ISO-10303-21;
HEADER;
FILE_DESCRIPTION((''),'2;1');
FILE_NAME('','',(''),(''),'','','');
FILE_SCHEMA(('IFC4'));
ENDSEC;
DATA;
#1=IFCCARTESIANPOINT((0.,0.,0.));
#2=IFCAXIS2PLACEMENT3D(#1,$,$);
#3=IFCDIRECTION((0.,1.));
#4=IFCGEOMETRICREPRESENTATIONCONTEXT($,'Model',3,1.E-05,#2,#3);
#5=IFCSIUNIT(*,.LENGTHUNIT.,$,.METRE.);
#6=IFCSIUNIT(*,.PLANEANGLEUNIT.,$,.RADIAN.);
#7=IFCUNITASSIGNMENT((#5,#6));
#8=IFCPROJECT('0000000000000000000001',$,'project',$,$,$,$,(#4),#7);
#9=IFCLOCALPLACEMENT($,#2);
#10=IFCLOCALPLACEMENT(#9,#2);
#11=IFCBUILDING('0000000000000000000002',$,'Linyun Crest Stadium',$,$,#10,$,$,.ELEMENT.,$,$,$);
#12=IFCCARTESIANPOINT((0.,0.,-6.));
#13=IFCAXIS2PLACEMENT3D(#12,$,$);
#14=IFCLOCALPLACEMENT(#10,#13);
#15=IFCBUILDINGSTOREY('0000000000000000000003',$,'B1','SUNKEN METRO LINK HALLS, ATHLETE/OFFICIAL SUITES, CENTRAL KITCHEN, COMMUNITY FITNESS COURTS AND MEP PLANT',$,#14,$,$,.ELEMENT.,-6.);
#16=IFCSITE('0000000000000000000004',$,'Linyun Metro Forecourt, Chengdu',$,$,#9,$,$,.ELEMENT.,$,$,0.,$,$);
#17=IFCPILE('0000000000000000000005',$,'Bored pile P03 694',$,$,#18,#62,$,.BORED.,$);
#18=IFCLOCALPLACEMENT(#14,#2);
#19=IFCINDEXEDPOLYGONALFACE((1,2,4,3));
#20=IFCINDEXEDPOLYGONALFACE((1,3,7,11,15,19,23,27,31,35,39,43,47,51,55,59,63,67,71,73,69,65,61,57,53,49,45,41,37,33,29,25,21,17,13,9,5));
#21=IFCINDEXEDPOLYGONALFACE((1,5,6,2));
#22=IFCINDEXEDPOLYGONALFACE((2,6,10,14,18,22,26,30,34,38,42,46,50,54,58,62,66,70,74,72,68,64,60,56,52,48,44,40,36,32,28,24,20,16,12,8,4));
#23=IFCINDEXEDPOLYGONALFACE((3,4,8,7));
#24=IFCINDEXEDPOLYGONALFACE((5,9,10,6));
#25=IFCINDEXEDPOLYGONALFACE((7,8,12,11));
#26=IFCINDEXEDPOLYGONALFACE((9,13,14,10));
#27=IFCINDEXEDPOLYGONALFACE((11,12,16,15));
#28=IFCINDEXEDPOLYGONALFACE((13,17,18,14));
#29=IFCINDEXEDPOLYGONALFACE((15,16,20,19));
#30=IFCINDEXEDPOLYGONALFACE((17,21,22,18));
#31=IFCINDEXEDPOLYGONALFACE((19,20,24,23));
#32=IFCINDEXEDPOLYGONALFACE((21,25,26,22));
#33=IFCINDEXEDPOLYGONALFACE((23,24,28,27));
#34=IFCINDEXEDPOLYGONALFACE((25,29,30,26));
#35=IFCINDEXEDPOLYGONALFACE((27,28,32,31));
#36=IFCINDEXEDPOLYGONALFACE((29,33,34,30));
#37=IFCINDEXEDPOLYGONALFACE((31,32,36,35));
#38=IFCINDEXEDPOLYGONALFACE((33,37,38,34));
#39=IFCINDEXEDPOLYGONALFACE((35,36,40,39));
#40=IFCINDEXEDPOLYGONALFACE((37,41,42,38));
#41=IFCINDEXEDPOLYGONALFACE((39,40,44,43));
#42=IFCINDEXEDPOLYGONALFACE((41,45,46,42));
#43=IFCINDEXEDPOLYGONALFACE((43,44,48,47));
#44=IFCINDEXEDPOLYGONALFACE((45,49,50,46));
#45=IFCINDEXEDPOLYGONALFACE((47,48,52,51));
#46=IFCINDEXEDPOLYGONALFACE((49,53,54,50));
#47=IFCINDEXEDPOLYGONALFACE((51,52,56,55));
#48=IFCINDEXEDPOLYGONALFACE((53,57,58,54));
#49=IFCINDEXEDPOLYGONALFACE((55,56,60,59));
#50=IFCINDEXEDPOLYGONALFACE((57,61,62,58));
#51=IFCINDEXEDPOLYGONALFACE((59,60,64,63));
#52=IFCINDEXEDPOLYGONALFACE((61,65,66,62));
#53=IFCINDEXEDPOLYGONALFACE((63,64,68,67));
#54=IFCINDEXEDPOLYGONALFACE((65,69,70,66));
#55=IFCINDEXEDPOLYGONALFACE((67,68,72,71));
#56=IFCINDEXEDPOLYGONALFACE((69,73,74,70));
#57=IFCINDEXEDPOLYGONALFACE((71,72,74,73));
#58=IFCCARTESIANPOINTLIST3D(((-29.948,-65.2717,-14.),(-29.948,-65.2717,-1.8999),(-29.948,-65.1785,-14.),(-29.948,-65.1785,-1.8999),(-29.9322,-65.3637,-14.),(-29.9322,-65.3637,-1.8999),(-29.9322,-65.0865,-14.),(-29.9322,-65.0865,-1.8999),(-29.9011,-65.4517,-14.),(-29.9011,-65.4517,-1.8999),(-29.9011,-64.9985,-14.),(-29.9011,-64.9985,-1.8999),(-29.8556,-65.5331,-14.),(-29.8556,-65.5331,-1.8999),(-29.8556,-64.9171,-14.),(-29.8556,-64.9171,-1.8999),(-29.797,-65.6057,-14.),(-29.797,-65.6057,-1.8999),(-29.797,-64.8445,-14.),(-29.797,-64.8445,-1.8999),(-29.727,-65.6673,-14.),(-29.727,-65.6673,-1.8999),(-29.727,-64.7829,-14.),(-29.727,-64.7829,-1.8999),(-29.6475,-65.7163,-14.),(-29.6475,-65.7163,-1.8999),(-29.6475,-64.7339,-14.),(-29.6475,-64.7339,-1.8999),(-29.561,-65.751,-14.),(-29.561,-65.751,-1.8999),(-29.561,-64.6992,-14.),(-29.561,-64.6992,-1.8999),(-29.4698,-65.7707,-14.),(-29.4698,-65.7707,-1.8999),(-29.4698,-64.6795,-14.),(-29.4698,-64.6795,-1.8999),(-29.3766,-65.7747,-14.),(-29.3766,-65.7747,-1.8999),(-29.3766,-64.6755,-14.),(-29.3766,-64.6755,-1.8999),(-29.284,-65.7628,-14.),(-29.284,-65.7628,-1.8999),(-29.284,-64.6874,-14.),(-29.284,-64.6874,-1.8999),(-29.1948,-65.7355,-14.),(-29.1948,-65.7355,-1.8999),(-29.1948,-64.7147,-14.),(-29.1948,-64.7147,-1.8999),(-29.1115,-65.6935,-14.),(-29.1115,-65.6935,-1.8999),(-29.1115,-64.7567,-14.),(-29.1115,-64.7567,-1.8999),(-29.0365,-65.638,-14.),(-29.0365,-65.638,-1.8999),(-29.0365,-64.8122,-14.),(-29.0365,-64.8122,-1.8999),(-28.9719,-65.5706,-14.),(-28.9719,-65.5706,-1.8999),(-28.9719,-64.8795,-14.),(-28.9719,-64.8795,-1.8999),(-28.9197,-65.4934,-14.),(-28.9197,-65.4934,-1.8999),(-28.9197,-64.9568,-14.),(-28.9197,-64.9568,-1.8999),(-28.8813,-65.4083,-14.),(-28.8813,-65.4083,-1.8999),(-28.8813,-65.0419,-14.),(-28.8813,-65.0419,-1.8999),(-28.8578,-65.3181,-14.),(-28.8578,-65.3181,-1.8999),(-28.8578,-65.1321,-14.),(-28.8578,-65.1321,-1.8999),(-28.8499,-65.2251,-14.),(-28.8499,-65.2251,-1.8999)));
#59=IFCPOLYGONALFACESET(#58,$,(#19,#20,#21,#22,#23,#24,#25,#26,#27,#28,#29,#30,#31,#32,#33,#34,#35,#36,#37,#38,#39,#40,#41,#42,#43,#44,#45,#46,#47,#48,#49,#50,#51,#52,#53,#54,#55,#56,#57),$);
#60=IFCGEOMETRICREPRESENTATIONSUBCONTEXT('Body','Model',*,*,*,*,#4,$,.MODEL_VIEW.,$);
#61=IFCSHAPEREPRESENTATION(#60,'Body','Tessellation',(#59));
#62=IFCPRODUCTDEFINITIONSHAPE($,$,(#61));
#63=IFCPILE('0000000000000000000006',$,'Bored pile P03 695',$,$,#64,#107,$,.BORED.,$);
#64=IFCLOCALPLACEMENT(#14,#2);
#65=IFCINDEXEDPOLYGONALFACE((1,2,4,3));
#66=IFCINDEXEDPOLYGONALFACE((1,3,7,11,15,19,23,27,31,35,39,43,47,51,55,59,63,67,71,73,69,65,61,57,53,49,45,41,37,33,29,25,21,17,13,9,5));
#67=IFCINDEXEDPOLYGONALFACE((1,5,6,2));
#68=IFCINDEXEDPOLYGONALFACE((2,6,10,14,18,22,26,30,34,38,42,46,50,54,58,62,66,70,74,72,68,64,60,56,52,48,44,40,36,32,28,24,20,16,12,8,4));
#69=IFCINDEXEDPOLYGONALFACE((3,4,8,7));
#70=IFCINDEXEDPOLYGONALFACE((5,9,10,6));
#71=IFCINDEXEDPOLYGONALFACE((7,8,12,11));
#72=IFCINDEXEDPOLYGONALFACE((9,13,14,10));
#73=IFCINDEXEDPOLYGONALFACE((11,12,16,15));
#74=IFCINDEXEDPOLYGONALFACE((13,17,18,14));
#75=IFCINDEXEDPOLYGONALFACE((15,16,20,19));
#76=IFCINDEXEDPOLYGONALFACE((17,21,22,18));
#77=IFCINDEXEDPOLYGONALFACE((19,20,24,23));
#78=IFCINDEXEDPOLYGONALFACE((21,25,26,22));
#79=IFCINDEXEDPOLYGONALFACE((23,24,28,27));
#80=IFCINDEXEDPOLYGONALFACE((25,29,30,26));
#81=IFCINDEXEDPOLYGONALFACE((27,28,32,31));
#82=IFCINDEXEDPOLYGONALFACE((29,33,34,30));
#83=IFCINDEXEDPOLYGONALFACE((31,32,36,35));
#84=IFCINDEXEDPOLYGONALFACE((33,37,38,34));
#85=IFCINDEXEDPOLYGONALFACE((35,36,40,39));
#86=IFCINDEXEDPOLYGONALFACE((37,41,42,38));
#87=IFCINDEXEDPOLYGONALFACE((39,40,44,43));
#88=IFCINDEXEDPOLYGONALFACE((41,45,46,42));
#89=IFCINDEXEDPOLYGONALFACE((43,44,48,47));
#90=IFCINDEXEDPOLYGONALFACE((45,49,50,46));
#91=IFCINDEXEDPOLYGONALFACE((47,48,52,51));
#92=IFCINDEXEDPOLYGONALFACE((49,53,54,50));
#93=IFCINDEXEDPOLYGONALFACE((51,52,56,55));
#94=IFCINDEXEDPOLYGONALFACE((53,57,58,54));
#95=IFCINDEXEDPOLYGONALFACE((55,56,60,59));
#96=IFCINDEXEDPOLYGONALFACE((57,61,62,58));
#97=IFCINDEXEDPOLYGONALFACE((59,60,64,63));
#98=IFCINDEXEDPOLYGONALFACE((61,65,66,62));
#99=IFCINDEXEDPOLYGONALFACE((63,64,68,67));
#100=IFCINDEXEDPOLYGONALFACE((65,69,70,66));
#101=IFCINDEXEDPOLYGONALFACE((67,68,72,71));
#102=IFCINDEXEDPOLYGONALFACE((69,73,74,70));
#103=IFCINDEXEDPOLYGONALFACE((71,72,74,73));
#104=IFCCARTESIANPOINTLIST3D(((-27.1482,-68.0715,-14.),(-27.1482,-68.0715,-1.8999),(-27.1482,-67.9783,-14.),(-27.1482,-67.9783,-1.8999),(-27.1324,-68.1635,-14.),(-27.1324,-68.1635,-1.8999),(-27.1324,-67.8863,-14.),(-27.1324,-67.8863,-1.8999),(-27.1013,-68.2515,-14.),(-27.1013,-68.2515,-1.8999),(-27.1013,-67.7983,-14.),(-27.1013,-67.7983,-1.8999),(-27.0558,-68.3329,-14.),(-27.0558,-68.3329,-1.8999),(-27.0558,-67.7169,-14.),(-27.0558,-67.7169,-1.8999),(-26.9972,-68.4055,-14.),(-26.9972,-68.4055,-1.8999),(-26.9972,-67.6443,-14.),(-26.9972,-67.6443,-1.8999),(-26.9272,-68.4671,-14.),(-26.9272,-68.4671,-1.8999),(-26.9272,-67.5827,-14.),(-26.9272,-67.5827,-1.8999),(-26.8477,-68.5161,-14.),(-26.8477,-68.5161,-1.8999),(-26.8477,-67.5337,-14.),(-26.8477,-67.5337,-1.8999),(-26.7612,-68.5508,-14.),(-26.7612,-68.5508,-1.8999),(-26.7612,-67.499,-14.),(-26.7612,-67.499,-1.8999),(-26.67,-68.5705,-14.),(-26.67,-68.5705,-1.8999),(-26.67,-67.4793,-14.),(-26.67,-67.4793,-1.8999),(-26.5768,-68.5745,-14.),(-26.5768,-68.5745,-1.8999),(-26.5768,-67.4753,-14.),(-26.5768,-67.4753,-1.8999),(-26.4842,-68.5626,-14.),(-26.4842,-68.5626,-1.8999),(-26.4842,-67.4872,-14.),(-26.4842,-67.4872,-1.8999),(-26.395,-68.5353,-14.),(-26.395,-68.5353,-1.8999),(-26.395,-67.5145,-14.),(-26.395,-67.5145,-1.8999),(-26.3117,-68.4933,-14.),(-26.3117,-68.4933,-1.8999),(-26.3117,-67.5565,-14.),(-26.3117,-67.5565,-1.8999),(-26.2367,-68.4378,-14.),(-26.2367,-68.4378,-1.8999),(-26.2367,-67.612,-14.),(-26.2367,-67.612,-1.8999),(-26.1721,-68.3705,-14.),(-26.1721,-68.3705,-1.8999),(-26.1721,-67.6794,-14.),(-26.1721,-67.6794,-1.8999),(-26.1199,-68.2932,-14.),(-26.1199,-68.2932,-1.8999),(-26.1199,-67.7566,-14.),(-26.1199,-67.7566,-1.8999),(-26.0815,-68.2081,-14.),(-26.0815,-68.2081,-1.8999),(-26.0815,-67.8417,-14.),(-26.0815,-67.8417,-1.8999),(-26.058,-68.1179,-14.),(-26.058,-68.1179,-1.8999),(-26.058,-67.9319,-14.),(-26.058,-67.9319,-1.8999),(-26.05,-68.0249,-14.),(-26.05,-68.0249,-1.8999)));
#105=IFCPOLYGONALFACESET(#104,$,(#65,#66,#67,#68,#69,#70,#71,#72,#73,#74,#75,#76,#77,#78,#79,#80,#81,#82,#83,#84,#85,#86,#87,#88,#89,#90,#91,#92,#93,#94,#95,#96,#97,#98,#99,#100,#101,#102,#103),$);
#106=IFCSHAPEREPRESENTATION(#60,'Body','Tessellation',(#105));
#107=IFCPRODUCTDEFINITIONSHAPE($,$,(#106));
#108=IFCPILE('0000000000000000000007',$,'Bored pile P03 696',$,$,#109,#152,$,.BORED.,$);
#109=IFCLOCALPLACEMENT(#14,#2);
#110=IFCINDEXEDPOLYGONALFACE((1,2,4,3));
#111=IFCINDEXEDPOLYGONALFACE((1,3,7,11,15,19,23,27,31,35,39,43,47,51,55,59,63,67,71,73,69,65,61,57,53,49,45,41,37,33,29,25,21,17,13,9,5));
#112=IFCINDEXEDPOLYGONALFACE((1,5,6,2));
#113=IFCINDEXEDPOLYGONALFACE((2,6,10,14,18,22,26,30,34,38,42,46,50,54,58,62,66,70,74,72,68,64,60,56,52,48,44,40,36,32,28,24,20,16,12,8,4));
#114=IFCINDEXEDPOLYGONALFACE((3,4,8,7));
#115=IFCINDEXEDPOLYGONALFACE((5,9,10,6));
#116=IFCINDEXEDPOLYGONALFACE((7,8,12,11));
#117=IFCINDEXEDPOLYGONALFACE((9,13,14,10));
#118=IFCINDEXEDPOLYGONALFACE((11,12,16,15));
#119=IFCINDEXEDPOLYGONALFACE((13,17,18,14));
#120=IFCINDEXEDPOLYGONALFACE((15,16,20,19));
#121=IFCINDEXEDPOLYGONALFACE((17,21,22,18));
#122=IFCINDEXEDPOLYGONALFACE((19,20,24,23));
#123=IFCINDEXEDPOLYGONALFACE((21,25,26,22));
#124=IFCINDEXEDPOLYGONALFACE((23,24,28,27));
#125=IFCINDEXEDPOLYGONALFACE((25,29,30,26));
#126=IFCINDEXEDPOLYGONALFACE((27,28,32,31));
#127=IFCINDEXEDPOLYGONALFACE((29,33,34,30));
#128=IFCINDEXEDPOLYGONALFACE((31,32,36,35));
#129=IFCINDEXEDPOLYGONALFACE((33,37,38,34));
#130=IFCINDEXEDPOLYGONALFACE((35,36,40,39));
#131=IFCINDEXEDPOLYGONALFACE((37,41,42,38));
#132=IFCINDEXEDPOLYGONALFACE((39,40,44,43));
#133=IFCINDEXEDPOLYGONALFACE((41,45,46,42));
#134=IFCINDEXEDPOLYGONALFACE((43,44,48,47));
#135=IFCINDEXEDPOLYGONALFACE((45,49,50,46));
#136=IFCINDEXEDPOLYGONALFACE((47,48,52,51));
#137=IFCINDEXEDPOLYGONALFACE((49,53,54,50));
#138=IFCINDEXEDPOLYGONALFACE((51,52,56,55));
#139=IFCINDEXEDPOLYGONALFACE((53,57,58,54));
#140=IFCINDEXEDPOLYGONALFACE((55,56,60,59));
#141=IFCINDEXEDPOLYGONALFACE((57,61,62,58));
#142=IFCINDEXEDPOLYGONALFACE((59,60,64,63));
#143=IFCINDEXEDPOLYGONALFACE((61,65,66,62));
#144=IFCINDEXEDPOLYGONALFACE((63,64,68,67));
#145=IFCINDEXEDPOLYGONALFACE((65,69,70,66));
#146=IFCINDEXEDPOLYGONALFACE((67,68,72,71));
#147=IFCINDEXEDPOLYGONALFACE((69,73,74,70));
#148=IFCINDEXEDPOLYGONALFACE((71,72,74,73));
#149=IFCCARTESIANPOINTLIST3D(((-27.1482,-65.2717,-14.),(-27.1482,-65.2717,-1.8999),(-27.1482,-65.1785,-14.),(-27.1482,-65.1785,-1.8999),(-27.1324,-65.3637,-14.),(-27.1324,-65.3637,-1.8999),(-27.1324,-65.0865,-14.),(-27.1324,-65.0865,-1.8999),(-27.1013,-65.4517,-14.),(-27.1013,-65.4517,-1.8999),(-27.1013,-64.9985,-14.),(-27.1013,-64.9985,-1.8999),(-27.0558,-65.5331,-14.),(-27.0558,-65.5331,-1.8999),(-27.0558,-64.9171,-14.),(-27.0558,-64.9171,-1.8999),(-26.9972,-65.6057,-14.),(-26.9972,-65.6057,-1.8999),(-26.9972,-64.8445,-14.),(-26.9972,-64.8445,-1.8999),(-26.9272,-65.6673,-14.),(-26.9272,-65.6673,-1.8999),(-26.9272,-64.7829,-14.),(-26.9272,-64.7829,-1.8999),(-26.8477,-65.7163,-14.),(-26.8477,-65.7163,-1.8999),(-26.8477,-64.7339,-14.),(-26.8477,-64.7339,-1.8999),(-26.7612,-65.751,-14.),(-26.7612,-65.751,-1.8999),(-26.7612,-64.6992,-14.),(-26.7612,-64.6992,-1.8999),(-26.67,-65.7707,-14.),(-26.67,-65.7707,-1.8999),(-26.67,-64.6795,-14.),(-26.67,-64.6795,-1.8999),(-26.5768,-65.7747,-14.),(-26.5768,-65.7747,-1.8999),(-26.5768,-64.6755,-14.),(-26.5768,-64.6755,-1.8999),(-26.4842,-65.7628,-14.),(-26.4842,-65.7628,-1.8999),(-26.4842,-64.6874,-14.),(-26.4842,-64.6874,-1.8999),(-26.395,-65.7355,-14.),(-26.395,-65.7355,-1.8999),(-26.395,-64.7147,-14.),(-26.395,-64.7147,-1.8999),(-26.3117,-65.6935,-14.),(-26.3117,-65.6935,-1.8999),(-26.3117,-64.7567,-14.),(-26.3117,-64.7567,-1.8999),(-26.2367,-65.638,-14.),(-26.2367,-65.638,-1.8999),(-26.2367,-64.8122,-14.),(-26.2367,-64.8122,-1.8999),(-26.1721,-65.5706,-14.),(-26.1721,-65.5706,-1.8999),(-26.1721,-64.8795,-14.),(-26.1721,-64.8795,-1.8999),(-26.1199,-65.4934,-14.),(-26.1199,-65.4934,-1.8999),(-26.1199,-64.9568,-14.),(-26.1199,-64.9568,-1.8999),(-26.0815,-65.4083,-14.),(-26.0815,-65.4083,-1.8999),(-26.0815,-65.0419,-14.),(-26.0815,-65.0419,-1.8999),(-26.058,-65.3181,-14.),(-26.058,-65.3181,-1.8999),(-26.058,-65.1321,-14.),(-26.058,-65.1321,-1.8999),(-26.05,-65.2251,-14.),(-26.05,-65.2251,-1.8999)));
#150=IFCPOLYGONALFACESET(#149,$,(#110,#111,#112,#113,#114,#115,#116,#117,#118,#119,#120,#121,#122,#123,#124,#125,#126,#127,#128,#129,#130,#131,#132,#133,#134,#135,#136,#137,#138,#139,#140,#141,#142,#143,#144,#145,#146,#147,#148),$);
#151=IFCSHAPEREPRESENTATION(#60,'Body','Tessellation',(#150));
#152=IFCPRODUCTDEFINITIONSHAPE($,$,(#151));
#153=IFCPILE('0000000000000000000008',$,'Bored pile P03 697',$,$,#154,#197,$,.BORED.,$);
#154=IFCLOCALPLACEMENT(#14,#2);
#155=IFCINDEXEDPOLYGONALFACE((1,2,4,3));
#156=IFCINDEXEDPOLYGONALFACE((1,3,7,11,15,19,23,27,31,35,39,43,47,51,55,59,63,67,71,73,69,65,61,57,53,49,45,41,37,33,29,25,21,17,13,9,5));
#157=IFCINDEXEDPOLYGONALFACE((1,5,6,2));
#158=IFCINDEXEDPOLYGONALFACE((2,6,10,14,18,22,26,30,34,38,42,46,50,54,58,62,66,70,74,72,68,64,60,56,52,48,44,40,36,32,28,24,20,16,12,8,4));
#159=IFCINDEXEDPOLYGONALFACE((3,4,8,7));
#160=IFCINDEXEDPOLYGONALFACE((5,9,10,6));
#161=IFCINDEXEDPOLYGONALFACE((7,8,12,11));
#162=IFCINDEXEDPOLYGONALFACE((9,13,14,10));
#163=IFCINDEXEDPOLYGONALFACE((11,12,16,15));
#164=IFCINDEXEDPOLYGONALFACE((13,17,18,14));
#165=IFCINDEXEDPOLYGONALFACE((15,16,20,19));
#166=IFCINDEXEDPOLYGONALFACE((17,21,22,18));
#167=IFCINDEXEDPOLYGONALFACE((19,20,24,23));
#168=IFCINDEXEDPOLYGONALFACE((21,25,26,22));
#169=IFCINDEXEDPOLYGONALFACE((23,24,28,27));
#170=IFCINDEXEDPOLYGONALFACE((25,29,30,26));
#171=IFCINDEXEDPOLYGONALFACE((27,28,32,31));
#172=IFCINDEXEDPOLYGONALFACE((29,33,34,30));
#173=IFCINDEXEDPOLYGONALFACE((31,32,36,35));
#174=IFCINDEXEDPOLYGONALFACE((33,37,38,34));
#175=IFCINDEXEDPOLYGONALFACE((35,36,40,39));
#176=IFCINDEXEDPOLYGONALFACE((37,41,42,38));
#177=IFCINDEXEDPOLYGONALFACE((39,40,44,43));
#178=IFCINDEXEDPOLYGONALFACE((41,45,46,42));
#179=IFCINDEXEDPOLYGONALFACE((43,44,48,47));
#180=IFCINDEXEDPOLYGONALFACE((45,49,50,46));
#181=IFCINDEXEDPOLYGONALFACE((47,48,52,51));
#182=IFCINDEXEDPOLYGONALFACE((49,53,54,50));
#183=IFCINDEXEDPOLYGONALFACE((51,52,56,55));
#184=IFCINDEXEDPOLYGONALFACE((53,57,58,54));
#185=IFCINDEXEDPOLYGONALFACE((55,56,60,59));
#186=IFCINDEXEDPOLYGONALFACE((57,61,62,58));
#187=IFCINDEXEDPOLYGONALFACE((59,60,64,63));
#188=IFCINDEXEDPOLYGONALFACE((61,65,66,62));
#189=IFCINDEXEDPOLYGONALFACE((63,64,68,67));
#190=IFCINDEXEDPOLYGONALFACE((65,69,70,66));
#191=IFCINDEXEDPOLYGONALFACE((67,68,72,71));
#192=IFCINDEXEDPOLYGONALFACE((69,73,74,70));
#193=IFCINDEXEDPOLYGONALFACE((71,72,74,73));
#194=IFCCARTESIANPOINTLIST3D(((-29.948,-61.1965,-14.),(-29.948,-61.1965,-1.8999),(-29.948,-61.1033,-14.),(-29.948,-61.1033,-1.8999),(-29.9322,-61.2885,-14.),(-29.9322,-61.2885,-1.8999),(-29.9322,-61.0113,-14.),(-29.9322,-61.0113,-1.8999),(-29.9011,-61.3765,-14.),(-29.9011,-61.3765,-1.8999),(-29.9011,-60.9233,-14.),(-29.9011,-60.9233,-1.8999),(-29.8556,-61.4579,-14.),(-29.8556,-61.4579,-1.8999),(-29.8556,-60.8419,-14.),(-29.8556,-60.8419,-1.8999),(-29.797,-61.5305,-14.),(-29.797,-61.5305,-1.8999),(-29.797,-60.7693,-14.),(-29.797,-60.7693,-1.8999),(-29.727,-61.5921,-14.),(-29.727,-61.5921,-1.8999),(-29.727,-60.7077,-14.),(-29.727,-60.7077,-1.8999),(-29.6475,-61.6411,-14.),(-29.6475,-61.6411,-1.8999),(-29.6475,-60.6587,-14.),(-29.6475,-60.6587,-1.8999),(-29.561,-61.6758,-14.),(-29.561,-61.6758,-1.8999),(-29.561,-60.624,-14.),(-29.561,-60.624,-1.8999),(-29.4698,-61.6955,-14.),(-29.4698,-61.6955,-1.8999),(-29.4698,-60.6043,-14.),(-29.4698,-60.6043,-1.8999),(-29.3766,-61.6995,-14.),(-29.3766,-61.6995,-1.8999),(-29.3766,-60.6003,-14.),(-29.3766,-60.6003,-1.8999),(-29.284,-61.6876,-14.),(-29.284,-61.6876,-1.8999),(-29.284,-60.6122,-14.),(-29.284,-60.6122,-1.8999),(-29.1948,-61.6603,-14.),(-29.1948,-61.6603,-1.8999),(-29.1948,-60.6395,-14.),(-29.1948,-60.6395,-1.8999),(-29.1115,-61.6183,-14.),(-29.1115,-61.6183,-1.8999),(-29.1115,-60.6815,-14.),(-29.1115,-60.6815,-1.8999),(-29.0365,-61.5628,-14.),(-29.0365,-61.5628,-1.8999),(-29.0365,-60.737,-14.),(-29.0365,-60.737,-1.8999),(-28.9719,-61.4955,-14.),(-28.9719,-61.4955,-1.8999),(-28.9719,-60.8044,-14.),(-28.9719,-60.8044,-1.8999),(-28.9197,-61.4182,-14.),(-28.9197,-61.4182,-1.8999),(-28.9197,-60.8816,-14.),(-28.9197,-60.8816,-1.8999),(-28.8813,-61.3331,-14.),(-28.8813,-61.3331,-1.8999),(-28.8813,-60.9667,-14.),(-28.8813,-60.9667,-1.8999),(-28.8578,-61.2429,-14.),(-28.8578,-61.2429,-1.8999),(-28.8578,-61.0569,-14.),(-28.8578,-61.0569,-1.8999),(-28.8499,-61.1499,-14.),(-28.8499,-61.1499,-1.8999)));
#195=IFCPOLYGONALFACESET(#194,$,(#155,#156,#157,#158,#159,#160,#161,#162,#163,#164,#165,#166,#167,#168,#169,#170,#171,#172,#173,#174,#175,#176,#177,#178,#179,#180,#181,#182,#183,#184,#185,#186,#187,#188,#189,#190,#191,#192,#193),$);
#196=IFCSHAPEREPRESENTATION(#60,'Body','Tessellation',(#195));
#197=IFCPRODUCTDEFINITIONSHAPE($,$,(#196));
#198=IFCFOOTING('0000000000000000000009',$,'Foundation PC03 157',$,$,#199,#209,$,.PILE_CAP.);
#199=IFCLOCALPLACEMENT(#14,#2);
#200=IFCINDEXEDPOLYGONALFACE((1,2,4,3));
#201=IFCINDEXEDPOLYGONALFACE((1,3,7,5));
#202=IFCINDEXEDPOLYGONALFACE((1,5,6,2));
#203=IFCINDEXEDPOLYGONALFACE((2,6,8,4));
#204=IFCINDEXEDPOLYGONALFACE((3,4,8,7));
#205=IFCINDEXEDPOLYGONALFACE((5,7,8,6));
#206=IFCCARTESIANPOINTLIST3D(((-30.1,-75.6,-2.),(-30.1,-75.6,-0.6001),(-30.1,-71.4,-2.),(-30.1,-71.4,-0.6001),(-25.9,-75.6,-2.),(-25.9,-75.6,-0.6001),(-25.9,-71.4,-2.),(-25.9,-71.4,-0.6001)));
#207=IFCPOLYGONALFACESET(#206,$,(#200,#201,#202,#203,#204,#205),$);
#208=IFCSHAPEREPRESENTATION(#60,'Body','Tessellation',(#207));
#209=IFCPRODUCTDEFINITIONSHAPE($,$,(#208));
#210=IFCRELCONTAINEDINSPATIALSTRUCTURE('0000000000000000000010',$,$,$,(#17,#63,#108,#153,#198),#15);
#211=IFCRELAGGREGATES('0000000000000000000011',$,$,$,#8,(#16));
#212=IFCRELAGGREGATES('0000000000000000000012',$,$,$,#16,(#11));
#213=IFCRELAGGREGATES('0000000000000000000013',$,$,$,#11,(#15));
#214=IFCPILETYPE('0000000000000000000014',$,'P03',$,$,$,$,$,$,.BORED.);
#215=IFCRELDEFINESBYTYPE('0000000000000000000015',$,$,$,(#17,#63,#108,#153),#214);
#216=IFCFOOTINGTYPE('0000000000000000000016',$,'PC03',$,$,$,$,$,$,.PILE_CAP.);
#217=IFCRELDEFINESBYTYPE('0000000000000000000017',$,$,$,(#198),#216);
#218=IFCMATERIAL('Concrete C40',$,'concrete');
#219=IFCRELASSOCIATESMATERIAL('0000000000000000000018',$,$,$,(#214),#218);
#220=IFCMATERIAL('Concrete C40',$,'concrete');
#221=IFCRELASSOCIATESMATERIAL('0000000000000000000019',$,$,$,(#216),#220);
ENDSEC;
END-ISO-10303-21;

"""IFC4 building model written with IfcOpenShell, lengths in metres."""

from ifc_helpers import new_model, si_unit, direction, frame, origin, origin_2d, place, context, subcontext, project, spatial, rectangle, circle, extrude, material, material_profile, profile_set, type_object, element, save


model = new_model("IFC4")

# Units and contexts
model_context = context("Model", 3, precision=1e-05, world=origin(), true_north=direction((0.0, 1.0)))
body_context = subcontext(model_context, "Body", "Model", "MODEL_VIEW")
ifc_project = project(units=[si_unit("LENGTHUNIT", "METRE"), si_unit("PLANEANGLEUNIT", "RADIAN")], contexts=[model_context])

# Site, building, storey
site_placement = place(None, origin())
site = spatial("IfcSite", under=ifc_project, at=site_placement, Name="Linyun Metro Forecourt, Chengdu", CompositionType="ELEMENT", RefElevation=0.0)
building_placement = place(site_placement, origin())
building = spatial("IfcBuilding", under=site, at=building_placement, Name="Linyun Crest Stadium", CompositionType="ELEMENT")
storey_placement = place(building_placement, frame((0.0, 0.0, -6.0)))
storey = spatial("IfcBuildingStorey", under=building, at=storey_placement, Name="B1", Description="SUNKEN METRO LINK HALLS, ATHLETE/OFFICIAL SUITES, CENTRAL KITCHEN, COMMUNITY FITNESS COURTS AND MEP PLANT", CompositionType="ELEMENT", Elevation=-6.0)

# Piles
ifc_material_1 = material(Name="Concrete C40", Category="concrete")
ifc_material_profile_1 = material_profile(ifc_material_1, circle(Radius=0.55, at=origin_2d()), Name="BORED PILE 1100")
ifc_profile_set_1 = profile_set([ifc_material_profile_1], Name="Concrete C40")
pile_type_1 = type_object("IfcPileType", Name="P03", PredefinedType="BORED", material=ifc_profile_set_1)
for number, where, z_axis, x_axis, name in (
    (1, (-29.3999, -65.2251, -1.8999), (0.0, 0.0, -1.0), (1.0, 0.0, 0.0), "Bored pile P03 694"),
    (2, (-26.6001, -68.0249, -1.8999), (0.0, 0.0, -1.0), (1.0, 0.0, 0.0), "Bored pile P03 695"),
    (3, (-26.6001, -65.2251, -1.8999), (0.0, 0.0, -1.0), (1.0, 0.0, 0.0), "Bored pile P03 696"),
    (4, (-29.3999, -61.1499, -1.8999), (0.0, 0.0, -1.0), (1.0, 0.0, 0.0), "Bored pile P03 697"),
):
    element("IfcPile", number, at=place(storey_placement, frame(where, z_axis=z_axis, x_axis=x_axis)), inside=storey, type_object=pile_type_1, Name=name, PredefinedType="BORED", context=body_context, shape_type="SweptSolid", body=[
        extrude(circle(Radius=0.55, at=origin_2d()), origin(), (0.0, 0.0, 1.0), 12.1001),
    ])

# Footing
ifc_material_2 = material(Name="Concrete C40", Category="concrete")
footing_type = type_object("IfcFootingType", Name="PC03", PredefinedType="PILE_CAP", material=ifc_material_2)
for number, where, z_axis, x_axis, name in (
    (5, (-28.0, -73.5, -2.0), (0.0, 0.0, 1.0), (1.0, 0.0, 0.0), "Foundation PC03 157"),
):
    element("IfcFooting", number, at=place(storey_placement, frame(where, z_axis=z_axis, x_axis=x_axis)), inside=storey, type_object=footing_type, Name=name, PredefinedType="PILE_CAP", context=body_context, shape_type="SweptSolid", body=[
        extrude(rectangle(XDim=4.2, YDim=4.2, at=origin_2d()), origin(), (0.0, 0.0, 1.0), 1.3999),
    ])

save(model, "model.ifc")
